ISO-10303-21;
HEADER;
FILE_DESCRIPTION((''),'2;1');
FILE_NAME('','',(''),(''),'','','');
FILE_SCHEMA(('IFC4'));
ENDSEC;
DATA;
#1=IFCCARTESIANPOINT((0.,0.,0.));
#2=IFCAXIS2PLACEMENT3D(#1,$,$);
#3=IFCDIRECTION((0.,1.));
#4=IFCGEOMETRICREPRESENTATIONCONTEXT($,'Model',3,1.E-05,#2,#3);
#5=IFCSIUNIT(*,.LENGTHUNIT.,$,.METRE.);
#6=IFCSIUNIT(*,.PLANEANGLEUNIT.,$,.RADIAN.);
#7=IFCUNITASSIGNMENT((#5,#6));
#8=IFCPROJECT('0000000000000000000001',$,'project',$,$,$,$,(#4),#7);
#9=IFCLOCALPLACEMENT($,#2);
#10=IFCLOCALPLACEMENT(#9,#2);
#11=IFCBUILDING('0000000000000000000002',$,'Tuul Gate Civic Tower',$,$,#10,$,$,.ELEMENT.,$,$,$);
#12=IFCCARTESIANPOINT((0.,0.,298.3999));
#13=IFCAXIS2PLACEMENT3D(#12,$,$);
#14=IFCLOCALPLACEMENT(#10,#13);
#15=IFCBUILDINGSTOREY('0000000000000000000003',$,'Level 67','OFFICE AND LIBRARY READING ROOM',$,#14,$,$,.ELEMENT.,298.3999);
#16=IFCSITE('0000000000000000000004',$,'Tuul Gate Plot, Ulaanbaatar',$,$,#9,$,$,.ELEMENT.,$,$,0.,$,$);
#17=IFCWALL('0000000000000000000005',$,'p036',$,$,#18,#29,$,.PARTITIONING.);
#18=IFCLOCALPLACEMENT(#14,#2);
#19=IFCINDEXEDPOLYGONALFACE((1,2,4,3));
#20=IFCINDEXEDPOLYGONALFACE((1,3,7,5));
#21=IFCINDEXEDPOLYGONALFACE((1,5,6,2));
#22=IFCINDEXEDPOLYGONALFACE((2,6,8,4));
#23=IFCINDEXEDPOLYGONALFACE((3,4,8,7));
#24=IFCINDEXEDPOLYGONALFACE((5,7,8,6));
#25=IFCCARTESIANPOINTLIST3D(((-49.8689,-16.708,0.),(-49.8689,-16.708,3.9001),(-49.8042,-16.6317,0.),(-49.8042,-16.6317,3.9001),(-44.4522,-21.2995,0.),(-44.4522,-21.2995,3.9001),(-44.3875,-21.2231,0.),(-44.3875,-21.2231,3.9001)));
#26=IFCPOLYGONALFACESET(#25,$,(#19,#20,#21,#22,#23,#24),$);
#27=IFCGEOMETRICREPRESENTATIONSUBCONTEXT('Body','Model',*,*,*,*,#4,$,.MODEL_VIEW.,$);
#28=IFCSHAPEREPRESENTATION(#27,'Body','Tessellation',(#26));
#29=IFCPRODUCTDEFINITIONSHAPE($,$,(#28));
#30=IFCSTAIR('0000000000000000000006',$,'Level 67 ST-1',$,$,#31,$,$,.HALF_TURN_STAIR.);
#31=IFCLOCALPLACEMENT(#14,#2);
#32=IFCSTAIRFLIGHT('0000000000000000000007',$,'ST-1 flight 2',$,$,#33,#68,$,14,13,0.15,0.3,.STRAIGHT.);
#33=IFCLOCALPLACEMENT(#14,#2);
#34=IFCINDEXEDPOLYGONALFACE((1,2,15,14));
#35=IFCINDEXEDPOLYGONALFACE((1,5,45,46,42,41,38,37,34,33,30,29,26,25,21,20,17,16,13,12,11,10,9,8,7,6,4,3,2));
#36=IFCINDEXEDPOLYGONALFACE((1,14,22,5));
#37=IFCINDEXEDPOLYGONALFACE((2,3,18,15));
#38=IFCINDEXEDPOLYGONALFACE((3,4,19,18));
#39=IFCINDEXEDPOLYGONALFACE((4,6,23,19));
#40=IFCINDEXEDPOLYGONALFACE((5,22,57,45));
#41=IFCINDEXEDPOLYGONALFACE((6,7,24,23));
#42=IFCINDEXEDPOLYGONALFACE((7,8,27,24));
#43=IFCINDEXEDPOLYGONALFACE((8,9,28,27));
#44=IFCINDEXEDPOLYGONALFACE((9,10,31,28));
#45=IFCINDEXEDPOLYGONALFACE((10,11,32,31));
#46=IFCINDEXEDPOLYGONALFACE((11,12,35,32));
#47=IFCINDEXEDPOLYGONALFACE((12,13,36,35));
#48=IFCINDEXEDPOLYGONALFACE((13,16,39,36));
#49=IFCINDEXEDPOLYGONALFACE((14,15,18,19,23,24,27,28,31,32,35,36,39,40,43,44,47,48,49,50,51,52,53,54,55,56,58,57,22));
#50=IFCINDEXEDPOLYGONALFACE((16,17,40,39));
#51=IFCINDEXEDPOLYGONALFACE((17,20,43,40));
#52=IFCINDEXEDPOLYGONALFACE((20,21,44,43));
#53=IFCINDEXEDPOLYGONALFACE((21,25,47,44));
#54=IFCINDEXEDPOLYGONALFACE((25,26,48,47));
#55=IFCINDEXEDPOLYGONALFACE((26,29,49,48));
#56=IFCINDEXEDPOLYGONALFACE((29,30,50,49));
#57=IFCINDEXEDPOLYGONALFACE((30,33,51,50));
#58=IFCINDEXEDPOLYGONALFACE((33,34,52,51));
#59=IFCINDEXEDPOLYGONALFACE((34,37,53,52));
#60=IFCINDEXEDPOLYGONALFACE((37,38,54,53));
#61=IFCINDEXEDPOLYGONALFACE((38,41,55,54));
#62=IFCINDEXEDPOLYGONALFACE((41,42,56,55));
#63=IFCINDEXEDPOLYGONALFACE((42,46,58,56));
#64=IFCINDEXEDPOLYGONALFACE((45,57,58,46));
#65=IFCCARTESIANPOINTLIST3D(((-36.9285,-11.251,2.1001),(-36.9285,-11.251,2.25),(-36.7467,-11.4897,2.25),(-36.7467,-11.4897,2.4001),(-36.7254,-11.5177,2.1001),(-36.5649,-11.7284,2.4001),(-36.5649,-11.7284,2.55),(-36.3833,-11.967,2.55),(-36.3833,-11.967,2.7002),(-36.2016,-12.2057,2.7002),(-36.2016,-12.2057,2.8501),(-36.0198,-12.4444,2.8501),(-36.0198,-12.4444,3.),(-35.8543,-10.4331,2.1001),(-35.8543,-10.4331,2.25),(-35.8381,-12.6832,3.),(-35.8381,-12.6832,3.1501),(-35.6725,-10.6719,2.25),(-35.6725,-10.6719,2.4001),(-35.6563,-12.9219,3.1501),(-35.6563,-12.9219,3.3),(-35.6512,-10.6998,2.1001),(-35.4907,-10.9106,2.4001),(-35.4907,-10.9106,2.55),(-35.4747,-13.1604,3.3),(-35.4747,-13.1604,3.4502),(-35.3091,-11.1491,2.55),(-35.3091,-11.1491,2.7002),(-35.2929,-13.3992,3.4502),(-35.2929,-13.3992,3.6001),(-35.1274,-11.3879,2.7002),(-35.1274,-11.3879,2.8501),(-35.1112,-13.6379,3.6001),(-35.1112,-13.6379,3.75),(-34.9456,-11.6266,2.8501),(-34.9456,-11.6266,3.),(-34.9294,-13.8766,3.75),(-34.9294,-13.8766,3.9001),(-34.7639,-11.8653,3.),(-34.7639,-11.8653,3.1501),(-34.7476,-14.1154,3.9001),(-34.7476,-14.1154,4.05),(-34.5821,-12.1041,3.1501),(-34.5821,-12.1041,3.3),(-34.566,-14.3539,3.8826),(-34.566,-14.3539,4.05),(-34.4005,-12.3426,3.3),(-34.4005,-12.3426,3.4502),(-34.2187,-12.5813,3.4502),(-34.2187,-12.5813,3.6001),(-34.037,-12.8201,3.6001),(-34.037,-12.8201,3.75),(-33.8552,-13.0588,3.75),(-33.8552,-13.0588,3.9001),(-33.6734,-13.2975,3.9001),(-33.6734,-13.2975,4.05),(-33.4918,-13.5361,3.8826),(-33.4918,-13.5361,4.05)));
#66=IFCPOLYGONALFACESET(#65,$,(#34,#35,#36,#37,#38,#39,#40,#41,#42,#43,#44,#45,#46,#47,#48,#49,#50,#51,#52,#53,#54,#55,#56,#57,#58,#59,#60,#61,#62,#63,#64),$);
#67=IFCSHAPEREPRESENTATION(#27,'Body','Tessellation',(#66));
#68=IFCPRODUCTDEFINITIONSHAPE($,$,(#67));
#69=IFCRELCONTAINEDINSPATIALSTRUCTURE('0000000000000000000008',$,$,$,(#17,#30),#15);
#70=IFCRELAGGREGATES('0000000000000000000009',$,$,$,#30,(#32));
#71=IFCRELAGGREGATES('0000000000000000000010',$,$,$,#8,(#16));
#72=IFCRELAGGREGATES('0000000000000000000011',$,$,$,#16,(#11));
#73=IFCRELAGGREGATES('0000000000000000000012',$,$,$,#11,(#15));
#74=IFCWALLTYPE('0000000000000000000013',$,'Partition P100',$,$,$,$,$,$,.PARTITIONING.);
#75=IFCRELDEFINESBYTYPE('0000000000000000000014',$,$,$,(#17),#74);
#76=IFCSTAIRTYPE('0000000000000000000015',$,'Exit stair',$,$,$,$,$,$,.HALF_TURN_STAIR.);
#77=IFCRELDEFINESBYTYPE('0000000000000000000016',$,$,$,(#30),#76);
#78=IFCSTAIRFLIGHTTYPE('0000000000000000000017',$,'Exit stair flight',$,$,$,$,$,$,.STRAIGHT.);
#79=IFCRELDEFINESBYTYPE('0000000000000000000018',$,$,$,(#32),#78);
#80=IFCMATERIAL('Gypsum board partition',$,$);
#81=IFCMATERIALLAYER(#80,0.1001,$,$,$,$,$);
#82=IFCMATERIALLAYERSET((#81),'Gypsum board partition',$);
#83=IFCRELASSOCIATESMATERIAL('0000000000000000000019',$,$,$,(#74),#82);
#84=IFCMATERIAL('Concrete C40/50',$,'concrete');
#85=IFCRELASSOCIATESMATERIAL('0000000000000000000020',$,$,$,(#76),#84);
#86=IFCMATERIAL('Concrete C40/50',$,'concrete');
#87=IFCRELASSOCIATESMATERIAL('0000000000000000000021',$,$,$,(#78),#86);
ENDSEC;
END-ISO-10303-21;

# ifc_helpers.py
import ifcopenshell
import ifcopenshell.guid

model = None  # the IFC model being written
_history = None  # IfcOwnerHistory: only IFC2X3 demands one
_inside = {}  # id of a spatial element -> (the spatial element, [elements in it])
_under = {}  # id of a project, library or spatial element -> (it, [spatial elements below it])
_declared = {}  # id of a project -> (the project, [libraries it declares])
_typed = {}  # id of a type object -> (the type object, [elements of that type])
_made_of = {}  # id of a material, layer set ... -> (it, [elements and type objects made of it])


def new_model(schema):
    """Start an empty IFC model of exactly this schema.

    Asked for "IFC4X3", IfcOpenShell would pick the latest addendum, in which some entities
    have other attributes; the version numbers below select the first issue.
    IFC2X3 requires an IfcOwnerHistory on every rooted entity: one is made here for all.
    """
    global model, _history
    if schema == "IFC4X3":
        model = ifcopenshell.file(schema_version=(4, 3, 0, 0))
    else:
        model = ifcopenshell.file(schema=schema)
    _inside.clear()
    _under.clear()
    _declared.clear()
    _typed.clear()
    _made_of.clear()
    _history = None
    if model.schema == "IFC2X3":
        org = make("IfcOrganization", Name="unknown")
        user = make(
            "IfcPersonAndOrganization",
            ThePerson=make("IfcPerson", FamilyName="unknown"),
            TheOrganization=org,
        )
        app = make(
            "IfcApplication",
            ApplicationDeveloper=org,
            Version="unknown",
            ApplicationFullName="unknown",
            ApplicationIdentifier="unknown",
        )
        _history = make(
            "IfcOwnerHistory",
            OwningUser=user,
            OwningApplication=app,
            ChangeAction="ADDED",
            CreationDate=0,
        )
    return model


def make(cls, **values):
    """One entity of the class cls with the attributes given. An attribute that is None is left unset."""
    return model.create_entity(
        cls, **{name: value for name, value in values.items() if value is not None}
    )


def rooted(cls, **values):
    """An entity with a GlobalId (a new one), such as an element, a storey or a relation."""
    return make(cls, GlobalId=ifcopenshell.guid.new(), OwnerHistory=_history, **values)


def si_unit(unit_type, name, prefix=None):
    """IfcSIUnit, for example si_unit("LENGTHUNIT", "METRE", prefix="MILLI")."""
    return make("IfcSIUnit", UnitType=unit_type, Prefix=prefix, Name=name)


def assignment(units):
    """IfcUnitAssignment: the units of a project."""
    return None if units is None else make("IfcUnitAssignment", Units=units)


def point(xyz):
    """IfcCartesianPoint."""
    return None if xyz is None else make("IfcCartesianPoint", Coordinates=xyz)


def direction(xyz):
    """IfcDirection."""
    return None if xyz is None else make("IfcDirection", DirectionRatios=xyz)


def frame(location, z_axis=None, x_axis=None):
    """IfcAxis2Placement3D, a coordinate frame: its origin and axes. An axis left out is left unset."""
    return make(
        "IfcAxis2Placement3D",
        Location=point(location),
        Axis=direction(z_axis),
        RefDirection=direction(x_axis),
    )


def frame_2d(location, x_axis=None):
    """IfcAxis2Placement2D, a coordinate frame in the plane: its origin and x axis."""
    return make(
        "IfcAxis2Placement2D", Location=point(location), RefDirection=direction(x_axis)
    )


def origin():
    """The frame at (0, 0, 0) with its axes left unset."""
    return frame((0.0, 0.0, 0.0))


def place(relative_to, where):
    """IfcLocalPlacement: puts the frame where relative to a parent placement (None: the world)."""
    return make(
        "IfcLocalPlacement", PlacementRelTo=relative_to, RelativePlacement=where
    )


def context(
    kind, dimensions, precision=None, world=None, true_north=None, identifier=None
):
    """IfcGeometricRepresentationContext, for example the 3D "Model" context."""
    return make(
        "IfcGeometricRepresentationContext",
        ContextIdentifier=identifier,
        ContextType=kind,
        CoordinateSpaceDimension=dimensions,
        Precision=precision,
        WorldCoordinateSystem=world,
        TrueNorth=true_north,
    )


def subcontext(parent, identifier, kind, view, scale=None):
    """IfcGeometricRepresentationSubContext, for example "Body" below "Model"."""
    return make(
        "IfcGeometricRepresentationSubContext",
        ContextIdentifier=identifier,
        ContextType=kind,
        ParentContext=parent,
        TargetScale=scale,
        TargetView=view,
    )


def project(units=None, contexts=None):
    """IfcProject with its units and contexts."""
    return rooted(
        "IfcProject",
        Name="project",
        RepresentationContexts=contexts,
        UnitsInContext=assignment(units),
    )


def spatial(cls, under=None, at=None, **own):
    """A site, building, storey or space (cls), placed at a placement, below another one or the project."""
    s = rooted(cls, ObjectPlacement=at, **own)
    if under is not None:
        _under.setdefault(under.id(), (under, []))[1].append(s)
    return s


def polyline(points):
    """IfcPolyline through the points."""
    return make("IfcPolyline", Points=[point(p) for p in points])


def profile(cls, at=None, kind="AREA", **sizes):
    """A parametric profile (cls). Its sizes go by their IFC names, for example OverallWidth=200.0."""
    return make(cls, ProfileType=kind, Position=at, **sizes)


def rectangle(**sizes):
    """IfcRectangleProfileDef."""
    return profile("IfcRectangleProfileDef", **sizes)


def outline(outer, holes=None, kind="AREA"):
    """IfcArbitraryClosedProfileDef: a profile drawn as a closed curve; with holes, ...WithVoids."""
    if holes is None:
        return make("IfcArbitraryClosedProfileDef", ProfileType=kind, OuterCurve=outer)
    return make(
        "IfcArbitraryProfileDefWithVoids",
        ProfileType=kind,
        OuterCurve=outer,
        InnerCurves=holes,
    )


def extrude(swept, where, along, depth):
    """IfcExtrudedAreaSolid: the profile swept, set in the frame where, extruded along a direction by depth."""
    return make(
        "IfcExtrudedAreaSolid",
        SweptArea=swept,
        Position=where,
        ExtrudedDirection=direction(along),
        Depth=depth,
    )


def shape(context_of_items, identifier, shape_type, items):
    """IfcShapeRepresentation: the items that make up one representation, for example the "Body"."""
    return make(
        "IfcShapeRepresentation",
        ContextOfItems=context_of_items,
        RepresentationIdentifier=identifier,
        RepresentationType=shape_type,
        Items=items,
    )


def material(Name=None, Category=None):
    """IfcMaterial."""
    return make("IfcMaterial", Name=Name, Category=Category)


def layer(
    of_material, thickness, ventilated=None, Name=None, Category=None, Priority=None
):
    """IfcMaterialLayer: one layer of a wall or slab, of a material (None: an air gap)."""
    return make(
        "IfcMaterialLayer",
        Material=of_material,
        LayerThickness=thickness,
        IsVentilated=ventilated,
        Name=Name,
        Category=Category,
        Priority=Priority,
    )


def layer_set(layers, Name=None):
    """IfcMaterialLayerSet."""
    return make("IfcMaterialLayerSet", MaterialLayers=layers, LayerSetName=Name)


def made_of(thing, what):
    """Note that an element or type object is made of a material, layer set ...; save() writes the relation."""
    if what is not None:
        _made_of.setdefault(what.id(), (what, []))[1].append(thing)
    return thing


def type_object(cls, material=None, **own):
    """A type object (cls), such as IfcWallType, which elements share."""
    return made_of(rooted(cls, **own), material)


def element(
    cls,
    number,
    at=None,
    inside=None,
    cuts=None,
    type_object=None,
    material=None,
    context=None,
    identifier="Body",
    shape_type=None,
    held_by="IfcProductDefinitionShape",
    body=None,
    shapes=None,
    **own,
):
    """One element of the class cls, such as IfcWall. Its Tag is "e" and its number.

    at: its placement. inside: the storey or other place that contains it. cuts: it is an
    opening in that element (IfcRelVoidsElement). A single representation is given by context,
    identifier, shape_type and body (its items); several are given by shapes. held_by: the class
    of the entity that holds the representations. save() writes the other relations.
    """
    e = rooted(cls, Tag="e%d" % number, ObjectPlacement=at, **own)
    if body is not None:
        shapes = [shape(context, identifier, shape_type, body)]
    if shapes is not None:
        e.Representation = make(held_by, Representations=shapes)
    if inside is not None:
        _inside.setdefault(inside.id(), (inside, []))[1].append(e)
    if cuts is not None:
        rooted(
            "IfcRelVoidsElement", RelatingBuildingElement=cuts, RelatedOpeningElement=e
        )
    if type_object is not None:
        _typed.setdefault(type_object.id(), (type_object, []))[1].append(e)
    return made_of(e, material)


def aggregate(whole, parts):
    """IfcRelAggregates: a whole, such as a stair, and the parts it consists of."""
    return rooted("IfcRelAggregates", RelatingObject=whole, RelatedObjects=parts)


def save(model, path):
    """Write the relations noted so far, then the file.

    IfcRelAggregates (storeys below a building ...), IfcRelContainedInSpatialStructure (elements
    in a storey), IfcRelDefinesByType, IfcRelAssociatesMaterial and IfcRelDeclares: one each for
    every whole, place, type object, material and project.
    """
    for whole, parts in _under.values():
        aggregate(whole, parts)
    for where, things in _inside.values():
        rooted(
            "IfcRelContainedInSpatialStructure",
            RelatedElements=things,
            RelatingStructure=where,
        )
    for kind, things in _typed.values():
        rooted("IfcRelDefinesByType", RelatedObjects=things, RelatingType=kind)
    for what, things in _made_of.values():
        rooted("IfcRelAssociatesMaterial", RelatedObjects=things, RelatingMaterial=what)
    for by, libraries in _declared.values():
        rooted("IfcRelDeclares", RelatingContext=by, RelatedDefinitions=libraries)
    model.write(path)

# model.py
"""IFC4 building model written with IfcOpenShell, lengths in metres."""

from ifc_helpers import new_model, si_unit, direction, frame, frame_2d, origin, place, context, subcontext, project, spatial, polyline, rectangle, outline, extrude, material, layer, layer_set, type_object, element, aggregate, save


model = new_model("IFC4")

# Units and contexts
model_context = context("Model", 3, precision=1e-05, world=origin(), true_north=direction((0.0, 1.0)))
body_context = subcontext(model_context, "Body", "Model", "MODEL_VIEW")
ifc_project = project(units=[si_unit("LENGTHUNIT", "METRE"), si_unit("PLANEANGLEUNIT", "RADIAN")], contexts=[model_context])

# Site, building, storey
site_placement = place(None, origin())
site = spatial("IfcSite", under=ifc_project, at=site_placement, Name="Tuul Gate Plot, Ulaanbaatar", CompositionType="ELEMENT", RefElevation=0.0)
building_placement = place(site_placement, origin())
building = spatial("IfcBuilding", under=site, at=building_placement, Name="Tuul Gate Civic Tower", CompositionType="ELEMENT")
storey_placement = place(building_placement, frame((0.0, 0.0, 298.3999)))
storey = spatial("IfcBuildingStorey", under=building, at=storey_placement, Name="Level 67", Description="OFFICE AND LIBRARY READING ROOM", CompositionType="ELEMENT", Elevation=298.3999)

# Wall
ifc_material_1 = material(Name="Gypsum board partition")
ifc_layer_1 = layer(ifc_material_1, 0.1001)
ifc_layer_set_1 = layer_set([ifc_layer_1], Name="Gypsum board partition")
wall_type_1 = type_object("IfcWallType", Name="Partition P100", PredefinedType="PARTITIONING", material=ifc_layer_set_1)
wall_1_placement = place(storey_placement, frame((-49.8364, -16.6699, 0.0), z_axis=(0.0, 0.0, 1.0), x_axis=(0.76282, -0.646611, 0.0)))
element("IfcWall", 1, at=wall_1_placement, inside=storey, type_object=wall_type_1, Name="p036", PredefinedType="PARTITIONING", context=body_context, shape_type="SweptSolid", body=[
    extrude(rectangle(XDim=7.1008, YDim=0.1001, at=frame_2d((3.5503, 0.0))), origin(), (0.0, 0.0, 1.0), 3.9001),
])

# Stair, stair flight
ifc_material_2 = material(Name="Concrete C40/50", Category="concrete")
stair_type = type_object("IfcStairType", Name="Exit stair", PredefinedType="HALF_TURN_STAIR", material=ifc_material_2)
stair_placement = place(storey_placement, origin())
stair = element("IfcStair", 2, at=stair_placement, inside=storey, type_object=stair_type, Name="Level 67 ST-1", PredefinedType="HALF_TURN_STAIR")
ifc_material_3 = material(Name="Concrete C40/50", Category="concrete")
stair_flight_type = type_object("IfcStairFlightType", Name="Exit stair flight", PredefinedType="STRAIGHT", material=ifc_material_3)
stair_flight_placement = place(storey_placement, frame((-36.3914, -10.842, 2.1001), z_axis=(0.0, 0.0, 1.0), x_axis=(0.605764, -0.795644, 0.0)))
stair_flight = element("IfcStairFlight", 3, at=stair_flight_placement, type_object=stair_flight_type, Name="ST-1 flight 2", NumberOfRisers=14, NumberOfTreads=13, PredefinedType="STRAIGHT", RiserHeight=0.15, TreadLength=0.3, context=body_context, shape_type="SweptSolid", body=[
    extrude(outline(polyline([(0.0, 0.0), (0.0, 0.1499), (0.3, 0.1499), (0.3, 0.3), (0.6001, 0.3), (0.6001, 0.45), (0.8999, 0.45), (0.8999, 0.6001), (1.2, 0.6001), (1.2, 0.75), (1.5, 0.75), (1.5, 0.8999), (1.8, 0.8999), (1.8, 1.05), (2.1001, 1.05), (2.1001, 1.2), (2.3999, 1.2), (2.3999, 1.3501), (2.7, 1.3501), (2.7, 1.5), (3.0, 1.5), (3.0, 1.6499), (3.3, 1.6499), (3.3, 1.8), (3.6001, 1.8), (3.6001, 1.95), (3.8999, 1.95), (3.8999, 2.1001), (3.8999, 1.7825), (0.3352, 0.0), (0.0, 0.0)])), frame((0.0, 0.675, 0.0), z_axis=(0.0, -1.0, 0.0), x_axis=(1.0, 0.0, 0.0)), (0.0, 0.0, 1.0), 1.3501),
])
aggregate(stair, [stair_flight])

save(model, "model.ifc")
